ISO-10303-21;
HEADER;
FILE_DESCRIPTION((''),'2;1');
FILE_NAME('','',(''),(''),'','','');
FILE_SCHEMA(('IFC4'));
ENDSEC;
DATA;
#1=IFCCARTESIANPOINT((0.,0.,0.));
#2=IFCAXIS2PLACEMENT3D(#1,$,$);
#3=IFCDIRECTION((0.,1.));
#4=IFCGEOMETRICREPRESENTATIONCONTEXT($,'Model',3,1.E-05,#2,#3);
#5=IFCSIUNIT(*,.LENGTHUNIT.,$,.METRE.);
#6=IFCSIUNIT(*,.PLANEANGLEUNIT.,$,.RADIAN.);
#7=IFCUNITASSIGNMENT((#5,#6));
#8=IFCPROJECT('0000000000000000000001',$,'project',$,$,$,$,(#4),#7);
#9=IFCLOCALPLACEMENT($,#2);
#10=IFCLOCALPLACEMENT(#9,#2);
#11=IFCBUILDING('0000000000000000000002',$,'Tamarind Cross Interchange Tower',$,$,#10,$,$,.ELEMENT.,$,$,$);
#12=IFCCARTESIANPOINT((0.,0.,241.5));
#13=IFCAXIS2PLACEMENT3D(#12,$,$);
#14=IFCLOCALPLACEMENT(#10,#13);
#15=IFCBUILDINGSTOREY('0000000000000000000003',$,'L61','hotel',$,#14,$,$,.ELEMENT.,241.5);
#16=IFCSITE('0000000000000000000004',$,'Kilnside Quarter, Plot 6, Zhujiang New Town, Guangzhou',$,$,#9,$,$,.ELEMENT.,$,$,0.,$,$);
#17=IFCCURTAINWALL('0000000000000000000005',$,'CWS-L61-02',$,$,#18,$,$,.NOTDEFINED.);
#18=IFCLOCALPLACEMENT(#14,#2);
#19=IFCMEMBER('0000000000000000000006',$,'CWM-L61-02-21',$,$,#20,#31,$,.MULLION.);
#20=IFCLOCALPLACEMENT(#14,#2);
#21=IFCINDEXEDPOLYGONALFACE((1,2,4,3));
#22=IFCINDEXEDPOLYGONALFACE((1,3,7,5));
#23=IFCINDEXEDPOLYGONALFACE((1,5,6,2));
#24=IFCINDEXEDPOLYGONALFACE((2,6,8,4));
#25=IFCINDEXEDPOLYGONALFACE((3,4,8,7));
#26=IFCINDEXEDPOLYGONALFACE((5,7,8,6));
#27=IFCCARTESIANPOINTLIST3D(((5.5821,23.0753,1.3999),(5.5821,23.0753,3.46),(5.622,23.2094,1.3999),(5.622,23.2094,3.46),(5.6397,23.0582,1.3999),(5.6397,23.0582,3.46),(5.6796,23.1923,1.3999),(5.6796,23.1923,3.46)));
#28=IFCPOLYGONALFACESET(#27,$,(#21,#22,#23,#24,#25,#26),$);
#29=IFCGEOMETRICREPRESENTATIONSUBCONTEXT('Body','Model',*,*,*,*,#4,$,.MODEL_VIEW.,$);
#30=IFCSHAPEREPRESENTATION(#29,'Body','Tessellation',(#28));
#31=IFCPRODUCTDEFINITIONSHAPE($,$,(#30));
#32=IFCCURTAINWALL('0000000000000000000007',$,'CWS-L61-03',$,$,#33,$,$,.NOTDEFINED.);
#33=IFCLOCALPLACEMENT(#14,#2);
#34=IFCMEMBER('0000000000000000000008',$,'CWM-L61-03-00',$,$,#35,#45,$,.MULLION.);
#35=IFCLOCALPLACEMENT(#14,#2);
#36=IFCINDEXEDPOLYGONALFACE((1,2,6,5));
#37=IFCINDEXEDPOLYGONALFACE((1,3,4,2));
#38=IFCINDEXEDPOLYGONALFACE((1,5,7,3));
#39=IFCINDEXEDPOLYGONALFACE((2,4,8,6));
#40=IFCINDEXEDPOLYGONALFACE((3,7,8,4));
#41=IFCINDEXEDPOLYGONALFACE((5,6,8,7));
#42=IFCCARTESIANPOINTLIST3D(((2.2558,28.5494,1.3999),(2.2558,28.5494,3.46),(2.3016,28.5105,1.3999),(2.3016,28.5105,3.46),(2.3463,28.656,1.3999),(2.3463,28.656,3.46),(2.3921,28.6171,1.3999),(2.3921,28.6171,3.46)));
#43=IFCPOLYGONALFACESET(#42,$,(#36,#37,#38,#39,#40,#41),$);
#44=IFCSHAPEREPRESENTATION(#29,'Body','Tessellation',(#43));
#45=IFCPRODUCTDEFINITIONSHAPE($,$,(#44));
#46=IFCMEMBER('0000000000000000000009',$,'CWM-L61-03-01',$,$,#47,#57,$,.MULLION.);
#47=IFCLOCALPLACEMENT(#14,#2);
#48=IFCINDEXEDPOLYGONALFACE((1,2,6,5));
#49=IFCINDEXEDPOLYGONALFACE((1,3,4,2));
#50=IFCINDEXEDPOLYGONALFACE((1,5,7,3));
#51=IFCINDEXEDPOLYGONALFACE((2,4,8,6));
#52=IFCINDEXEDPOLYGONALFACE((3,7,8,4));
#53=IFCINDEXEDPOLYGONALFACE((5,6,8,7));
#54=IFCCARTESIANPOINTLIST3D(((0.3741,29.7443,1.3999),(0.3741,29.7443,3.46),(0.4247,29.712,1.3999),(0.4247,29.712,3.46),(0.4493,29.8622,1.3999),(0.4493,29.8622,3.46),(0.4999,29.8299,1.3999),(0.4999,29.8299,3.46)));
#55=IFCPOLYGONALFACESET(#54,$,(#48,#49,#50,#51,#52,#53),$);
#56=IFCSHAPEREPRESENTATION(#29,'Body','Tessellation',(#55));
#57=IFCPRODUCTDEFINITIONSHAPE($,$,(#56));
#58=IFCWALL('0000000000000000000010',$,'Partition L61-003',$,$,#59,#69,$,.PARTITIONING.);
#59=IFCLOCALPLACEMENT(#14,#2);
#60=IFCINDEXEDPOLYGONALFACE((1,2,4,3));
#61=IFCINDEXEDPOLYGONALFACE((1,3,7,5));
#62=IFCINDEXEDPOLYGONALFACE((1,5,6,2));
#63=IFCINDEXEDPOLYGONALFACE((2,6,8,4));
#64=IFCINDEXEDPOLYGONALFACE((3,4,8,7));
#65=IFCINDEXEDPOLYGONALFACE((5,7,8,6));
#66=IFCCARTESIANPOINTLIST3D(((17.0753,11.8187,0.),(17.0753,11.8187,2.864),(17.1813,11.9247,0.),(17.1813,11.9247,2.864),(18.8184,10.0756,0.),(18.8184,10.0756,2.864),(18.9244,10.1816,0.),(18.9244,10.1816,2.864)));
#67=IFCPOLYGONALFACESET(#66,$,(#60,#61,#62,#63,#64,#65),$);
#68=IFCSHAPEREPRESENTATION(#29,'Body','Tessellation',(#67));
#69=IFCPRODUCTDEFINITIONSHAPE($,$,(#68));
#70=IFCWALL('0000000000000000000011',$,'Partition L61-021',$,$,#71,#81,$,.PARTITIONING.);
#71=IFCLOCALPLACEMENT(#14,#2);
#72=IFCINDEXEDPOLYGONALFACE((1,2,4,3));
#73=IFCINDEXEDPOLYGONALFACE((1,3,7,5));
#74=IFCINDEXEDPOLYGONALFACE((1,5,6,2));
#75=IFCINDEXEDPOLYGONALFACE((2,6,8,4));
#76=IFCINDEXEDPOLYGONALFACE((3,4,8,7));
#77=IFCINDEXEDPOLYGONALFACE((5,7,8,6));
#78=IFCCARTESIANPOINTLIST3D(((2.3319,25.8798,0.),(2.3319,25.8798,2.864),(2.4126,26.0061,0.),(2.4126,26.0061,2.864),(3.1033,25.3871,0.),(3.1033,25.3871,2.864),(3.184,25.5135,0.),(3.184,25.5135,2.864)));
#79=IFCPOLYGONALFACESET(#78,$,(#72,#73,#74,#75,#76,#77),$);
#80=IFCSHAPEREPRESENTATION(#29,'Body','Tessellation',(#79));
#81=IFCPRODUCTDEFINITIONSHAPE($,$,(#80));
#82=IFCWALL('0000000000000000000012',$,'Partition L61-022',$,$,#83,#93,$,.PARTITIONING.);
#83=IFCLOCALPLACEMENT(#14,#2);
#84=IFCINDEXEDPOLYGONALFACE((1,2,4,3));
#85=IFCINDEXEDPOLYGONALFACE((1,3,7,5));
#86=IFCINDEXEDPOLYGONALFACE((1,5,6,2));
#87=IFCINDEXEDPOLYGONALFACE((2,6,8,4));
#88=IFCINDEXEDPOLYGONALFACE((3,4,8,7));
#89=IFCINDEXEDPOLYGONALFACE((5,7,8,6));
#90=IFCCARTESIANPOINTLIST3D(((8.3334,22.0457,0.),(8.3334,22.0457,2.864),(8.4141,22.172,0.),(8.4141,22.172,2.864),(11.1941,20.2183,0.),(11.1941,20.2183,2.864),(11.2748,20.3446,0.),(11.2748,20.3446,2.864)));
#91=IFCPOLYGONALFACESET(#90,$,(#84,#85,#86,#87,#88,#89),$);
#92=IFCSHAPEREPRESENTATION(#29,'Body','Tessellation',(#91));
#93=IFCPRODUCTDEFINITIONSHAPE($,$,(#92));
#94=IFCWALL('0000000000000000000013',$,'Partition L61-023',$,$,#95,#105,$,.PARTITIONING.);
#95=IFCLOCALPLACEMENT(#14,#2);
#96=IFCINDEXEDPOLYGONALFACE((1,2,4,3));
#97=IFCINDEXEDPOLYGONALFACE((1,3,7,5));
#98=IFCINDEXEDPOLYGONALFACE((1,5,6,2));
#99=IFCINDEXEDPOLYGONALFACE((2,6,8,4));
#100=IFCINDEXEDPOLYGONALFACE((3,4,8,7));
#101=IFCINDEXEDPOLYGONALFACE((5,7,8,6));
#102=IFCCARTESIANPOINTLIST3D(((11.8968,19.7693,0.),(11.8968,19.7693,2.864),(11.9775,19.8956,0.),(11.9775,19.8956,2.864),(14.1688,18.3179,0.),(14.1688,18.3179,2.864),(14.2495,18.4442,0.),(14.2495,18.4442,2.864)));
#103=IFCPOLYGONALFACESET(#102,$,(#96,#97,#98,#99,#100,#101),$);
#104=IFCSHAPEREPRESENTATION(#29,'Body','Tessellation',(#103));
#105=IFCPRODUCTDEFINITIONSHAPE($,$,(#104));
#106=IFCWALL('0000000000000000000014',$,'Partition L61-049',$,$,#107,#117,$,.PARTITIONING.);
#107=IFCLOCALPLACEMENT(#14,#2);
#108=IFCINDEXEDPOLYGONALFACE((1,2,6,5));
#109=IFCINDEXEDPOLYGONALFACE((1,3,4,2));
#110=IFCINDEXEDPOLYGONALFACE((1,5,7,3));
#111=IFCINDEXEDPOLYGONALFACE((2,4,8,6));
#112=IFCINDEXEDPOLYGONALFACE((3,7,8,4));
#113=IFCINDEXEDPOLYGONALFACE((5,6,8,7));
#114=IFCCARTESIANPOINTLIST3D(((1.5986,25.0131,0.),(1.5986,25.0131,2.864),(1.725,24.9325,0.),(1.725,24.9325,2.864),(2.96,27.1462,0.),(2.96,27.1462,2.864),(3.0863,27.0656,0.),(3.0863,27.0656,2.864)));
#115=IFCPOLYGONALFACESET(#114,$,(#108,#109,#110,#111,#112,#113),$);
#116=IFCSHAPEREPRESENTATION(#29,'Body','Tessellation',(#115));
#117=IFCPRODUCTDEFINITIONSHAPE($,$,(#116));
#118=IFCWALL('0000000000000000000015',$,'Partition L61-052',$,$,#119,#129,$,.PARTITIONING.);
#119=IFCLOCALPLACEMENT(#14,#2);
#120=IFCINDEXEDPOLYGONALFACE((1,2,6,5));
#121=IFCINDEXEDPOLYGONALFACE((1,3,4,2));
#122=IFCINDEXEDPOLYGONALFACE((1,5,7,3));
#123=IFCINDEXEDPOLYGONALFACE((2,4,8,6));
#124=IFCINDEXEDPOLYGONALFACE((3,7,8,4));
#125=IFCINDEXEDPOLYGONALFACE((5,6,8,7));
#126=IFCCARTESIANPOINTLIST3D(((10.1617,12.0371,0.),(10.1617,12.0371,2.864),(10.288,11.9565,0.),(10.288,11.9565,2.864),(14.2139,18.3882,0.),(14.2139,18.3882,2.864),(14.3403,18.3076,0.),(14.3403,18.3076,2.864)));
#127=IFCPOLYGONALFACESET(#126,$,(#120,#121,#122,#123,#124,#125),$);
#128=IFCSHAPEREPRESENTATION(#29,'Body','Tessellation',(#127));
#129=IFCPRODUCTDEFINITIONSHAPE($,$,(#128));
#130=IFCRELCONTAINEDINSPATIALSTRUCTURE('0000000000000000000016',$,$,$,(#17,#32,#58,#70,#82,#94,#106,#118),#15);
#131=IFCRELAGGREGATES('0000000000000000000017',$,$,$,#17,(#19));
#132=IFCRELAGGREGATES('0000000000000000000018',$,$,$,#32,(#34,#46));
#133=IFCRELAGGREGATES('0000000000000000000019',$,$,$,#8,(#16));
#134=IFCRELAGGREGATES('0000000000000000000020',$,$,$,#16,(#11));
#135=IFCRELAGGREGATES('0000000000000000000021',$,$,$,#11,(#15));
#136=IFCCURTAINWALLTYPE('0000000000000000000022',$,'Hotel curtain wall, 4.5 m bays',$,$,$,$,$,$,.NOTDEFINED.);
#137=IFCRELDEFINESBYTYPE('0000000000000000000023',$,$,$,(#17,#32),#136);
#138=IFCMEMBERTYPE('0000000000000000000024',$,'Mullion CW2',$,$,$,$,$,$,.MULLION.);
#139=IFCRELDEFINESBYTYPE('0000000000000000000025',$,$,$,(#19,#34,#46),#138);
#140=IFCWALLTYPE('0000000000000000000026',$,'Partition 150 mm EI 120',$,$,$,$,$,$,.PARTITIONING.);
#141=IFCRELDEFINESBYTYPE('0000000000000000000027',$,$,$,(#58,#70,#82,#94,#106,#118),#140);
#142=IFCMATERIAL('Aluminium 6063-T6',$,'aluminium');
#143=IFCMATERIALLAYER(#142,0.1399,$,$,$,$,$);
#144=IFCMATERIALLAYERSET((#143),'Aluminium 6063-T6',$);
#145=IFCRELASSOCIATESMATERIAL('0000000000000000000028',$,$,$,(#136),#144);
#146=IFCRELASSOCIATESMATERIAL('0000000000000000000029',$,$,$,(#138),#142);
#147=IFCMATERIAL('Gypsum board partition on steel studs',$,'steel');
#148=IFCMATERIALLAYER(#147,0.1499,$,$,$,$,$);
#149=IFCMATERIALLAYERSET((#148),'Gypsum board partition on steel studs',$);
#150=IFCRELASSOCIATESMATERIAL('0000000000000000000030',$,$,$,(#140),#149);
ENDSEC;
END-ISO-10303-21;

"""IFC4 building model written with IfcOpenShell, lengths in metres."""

from ifc_helpers import new_model, si_unit, direction, frame, frame_2d, origin, origin_2d, place, context, subcontext, project, spatial, rectangle, extrude, material, layer, layer_set, material_profile, profile_set, type_object, element, aggregate, save


model = new_model("IFC4")

# Units and contexts
model_context = context("Model", 3, precision=1e-05, world=origin(), true_north=direction((0.0, 1.0)))
body_context = subcontext(model_context, "Body", "Model", "MODEL_VIEW")
ifc_project = project(units=[si_unit("LENGTHUNIT", "METRE"), si_unit("PLANEANGLEUNIT", "RADIAN")], contexts=[model_context])

# Site, building, storey
site_placement = place(None, origin())
site = spatial("IfcSite", under=ifc_project, at=site_placement, Name="Kilnside Quarter, Plot 6, Zhujiang New Town, Guangzhou", CompositionType="ELEMENT", RefElevation=0.0)
building_placement = place(site_placement, origin())
building = spatial("IfcBuilding", under=site, at=building_placement, Name="Tamarind Cross Interchange Tower", CompositionType="ELEMENT")
storey_placement = place(building_placement, frame((0.0, 0.0, 241.5)))
storey = spatial("IfcBuildingStorey", under=building, at=storey_placement, Name="L61", Description="hotel", CompositionType="ELEMENT", Elevation=241.5)

# Curtain walls, members
ifc_material_1 = material(Name="Aluminium 6063-T6", Category="aluminium")
ifc_layer_1 = layer(ifc_material_1, 0.1399)
ifc_layer_set_1 = layer_set([ifc_layer_1], Name="Aluminium 6063-T6")
curtain_wall_type = type_object("IfcCurtainWallType", Name="Hotel curtain wall, 4.5 m bays", PredefinedType="NOTDEFINED", material=ifc_layer_set_1)
curtain_wall_1_placement = place(storey_placement, origin())
curtain_wall_1 = element("IfcCurtainWall", 1, at=curtain_wall_1_placement, inside=storey, type_object=curtain_wall_type, Name="CWS-L61-02", PredefinedType="NOTDEFINED")
ifc_material_profile_1 = material_profile(ifc_material_1, rectangle(XDim=0.0601, YDim=0.1399, at=origin_2d()), Name="Mullion CW2")
ifc_profile_set_1 = profile_set([ifc_material_profile_1], Name="Aluminium 6063-T6")
member_type = type_object("IfcMemberType", Name="Mullion CW2", PredefinedType="MULLION", material=ifc_profile_set_1)
member_1_placement = place(storey_placement, frame((5.6309, 23.1338, 1.3999), z_axis=(0.0, 0.0, 1.0), x_axis=(-0.958535, 0.284975, 0.0)))
member_1 = element("IfcMember", 2, at=member_1_placement, type_object=member_type, Name="CWM-L61-02-21", PredefinedType="MULLION", context=body_context, shape_type="SweptSolid", body=[
    extrude(rectangle(XDim=0.0601, YDim=0.1399, at=origin_2d()), origin(), (0.0, 0.0, 1.0), 2.0601),
])
aggregate(curtain_wall_1, [member_1])
curtain_wall_2_placement = place(storey_placement, origin())
curtain_wall_2 = element("IfcCurtainWall", 3, at=curtain_wall_2_placement, inside=storey, type_object=curtain_wall_type, Name="CWS-L61-03", PredefinedType="NOTDEFINED")
member_2_placement = place(storey_placement, frame((2.324, 28.5833, 1.3999), z_axis=(0.0, 0.0, 1.0), x_axis=(-0.762366, 0.647147, 0.0)))
member_2 = element("IfcMember", 4, at=member_2_placement, type_object=member_type, Name="CWM-L61-03-00", PredefinedType="MULLION", context=body_context, shape_type="SweptSolid", body=[
    extrude(rectangle(XDim=0.0601, YDim=0.1399, at=origin_2d()), origin(), (0.0, 0.0, 1.0), 2.0601),
])
member_3_placement = place(storey_placement, frame((0.437, 29.7871, 1.3999), z_axis=(0.0, 0.0, 1.0), x_axis=(-0.843054, 0.537829, 0.0)))
member_3 = element("IfcMember", 5, at=member_3_placement, type_object=member_type, Name="CWM-L61-03-01", PredefinedType="MULLION", context=body_context, shape_type="SweptSolid", body=[
    extrude(rectangle(XDim=0.0601, YDim=0.1399, at=origin_2d()), origin(), (0.0, 0.0, 1.0), 2.0601),
])
aggregate(curtain_wall_2, [member_2, member_3])

# Walls
ifc_material_2 = material(Name="Gypsum board partition on steel studs", Category="steel")
ifc_layer_2 = layer(ifc_material_2, 0.1499)
ifc_layer_set_2 = layer_set([ifc_layer_2], Name="Gypsum board partition on steel studs")
wall_type = type_object("IfcWallType", Name="Partition 150 mm EI 120", PredefinedType="PARTITIONING", material=ifc_layer_set_2)
wall_1_placement = place(storey_placement, frame((17.1284, 11.8716, 0.0), z_axis=(0.0, 0.0, 1.0), x_axis=(0.707107, -0.707107, 0.0)))
element("IfcWall", 6, at=wall_1_placement, inside=storey, type_object=wall_type, Name="Partition L61-003", PredefinedType="PARTITIONING", context=body_context, shape_type="SweptSolid", body=[
    extrude(rectangle(XDim=2.4651, YDim=0.1499, at=frame_2d((1.2324, 0.0))), origin(), (0.0, 0.0, 1.0), 2.864),
])
wall_2_placement = place(storey_placement, frame((2.3723, 25.9429, 0.0), z_axis=(0.0, 0.0, 1.0), x_axis=(0.842804, -0.538221, 0.0)))
element("IfcWall", 7, at=wall_2_placement, inside=storey, type_object=wall_type, Name="Partition L61-021", PredefinedType="PARTITIONING", context=body_context, shape_type="SweptSolid", body=[
    extrude(rectangle(XDim=0.9153, YDim=0.1499, at=frame_2d((0.4575, 0.0))), origin(), (0.0, 0.0, 1.0), 2.864),
])
wall_3_placement = place(storey_placement, frame((8.3738, 22.1089, 0.0), z_axis=(0.0, 0.0, 1.0), x_axis=(0.842724, -0.538345, 0.0)))
element("IfcWall", 8, at=wall_3_placement, inside=storey, type_object=wall_type, Name="Partition L61-022", PredefinedType="PARTITIONING", context=body_context, shape_type="SweptSolid", body=[
    extrude(rectangle(XDim=3.3945, YDim=0.1499, at=frame_2d((1.6973, 0.0))), origin(), (0.0, 0.0, 1.0), 2.864),
])
wall_4_placement = place(storey_placement, frame((11.937, 19.8325, 0.0), z_axis=(0.0, 0.0, 1.0), x_axis=(0.842717, -0.538357, 0.0)))
element("IfcWall", 9, at=wall_4_placement, inside=storey, type_object=wall_type, Name="Partition L61-023", PredefinedType="PARTITIONING", context=body_context, shape_type="SweptSolid", body=[
    extrude(rectangle(XDim=2.696, YDim=0.1499, at=frame_2d((1.3481, 0.0))), origin(), (0.0, 0.0, 1.0), 2.864),
])
wall_5_placement = place(storey_placement, frame((1.6619, 24.9729, 0.0), z_axis=(0.0, 0.0, 1.0), x_axis=(0.53798, 0.842958, 0.0)))
element("IfcWall", 10, at=wall_5_placement, inside=storey, type_object=wall_type, Name="Partition L61-049", PredefinedType="PARTITIONING", context=body_context, shape_type="SweptSolid", body=[
    extrude(rectangle(XDim=2.5305, YDim=0.1499, at=frame_2d((1.2651, 0.0))), origin(), (0.0, 0.0, 1.0), 2.864),
])
wall_6_placement = place(storey_placement, frame((10.2249, 11.9968, 0.0), z_axis=(0.0, 0.0, 1.0), x_axis=(0.537882, 0.84302, 0.0)))
element("IfcWall", 11, at=wall_6_placement, inside=storey, type_object=wall_type, Name="Partition L61-052", PredefinedType="PARTITIONING", context=body_context, shape_type="SweptSolid", body=[
    extrude(rectangle(XDim=7.5337, YDim=0.1499, at=frame_2d((3.7668, 0.0))), origin(), (0.0, 0.0, 1.0), 2.864),
])

save(model, "model.ifc")
